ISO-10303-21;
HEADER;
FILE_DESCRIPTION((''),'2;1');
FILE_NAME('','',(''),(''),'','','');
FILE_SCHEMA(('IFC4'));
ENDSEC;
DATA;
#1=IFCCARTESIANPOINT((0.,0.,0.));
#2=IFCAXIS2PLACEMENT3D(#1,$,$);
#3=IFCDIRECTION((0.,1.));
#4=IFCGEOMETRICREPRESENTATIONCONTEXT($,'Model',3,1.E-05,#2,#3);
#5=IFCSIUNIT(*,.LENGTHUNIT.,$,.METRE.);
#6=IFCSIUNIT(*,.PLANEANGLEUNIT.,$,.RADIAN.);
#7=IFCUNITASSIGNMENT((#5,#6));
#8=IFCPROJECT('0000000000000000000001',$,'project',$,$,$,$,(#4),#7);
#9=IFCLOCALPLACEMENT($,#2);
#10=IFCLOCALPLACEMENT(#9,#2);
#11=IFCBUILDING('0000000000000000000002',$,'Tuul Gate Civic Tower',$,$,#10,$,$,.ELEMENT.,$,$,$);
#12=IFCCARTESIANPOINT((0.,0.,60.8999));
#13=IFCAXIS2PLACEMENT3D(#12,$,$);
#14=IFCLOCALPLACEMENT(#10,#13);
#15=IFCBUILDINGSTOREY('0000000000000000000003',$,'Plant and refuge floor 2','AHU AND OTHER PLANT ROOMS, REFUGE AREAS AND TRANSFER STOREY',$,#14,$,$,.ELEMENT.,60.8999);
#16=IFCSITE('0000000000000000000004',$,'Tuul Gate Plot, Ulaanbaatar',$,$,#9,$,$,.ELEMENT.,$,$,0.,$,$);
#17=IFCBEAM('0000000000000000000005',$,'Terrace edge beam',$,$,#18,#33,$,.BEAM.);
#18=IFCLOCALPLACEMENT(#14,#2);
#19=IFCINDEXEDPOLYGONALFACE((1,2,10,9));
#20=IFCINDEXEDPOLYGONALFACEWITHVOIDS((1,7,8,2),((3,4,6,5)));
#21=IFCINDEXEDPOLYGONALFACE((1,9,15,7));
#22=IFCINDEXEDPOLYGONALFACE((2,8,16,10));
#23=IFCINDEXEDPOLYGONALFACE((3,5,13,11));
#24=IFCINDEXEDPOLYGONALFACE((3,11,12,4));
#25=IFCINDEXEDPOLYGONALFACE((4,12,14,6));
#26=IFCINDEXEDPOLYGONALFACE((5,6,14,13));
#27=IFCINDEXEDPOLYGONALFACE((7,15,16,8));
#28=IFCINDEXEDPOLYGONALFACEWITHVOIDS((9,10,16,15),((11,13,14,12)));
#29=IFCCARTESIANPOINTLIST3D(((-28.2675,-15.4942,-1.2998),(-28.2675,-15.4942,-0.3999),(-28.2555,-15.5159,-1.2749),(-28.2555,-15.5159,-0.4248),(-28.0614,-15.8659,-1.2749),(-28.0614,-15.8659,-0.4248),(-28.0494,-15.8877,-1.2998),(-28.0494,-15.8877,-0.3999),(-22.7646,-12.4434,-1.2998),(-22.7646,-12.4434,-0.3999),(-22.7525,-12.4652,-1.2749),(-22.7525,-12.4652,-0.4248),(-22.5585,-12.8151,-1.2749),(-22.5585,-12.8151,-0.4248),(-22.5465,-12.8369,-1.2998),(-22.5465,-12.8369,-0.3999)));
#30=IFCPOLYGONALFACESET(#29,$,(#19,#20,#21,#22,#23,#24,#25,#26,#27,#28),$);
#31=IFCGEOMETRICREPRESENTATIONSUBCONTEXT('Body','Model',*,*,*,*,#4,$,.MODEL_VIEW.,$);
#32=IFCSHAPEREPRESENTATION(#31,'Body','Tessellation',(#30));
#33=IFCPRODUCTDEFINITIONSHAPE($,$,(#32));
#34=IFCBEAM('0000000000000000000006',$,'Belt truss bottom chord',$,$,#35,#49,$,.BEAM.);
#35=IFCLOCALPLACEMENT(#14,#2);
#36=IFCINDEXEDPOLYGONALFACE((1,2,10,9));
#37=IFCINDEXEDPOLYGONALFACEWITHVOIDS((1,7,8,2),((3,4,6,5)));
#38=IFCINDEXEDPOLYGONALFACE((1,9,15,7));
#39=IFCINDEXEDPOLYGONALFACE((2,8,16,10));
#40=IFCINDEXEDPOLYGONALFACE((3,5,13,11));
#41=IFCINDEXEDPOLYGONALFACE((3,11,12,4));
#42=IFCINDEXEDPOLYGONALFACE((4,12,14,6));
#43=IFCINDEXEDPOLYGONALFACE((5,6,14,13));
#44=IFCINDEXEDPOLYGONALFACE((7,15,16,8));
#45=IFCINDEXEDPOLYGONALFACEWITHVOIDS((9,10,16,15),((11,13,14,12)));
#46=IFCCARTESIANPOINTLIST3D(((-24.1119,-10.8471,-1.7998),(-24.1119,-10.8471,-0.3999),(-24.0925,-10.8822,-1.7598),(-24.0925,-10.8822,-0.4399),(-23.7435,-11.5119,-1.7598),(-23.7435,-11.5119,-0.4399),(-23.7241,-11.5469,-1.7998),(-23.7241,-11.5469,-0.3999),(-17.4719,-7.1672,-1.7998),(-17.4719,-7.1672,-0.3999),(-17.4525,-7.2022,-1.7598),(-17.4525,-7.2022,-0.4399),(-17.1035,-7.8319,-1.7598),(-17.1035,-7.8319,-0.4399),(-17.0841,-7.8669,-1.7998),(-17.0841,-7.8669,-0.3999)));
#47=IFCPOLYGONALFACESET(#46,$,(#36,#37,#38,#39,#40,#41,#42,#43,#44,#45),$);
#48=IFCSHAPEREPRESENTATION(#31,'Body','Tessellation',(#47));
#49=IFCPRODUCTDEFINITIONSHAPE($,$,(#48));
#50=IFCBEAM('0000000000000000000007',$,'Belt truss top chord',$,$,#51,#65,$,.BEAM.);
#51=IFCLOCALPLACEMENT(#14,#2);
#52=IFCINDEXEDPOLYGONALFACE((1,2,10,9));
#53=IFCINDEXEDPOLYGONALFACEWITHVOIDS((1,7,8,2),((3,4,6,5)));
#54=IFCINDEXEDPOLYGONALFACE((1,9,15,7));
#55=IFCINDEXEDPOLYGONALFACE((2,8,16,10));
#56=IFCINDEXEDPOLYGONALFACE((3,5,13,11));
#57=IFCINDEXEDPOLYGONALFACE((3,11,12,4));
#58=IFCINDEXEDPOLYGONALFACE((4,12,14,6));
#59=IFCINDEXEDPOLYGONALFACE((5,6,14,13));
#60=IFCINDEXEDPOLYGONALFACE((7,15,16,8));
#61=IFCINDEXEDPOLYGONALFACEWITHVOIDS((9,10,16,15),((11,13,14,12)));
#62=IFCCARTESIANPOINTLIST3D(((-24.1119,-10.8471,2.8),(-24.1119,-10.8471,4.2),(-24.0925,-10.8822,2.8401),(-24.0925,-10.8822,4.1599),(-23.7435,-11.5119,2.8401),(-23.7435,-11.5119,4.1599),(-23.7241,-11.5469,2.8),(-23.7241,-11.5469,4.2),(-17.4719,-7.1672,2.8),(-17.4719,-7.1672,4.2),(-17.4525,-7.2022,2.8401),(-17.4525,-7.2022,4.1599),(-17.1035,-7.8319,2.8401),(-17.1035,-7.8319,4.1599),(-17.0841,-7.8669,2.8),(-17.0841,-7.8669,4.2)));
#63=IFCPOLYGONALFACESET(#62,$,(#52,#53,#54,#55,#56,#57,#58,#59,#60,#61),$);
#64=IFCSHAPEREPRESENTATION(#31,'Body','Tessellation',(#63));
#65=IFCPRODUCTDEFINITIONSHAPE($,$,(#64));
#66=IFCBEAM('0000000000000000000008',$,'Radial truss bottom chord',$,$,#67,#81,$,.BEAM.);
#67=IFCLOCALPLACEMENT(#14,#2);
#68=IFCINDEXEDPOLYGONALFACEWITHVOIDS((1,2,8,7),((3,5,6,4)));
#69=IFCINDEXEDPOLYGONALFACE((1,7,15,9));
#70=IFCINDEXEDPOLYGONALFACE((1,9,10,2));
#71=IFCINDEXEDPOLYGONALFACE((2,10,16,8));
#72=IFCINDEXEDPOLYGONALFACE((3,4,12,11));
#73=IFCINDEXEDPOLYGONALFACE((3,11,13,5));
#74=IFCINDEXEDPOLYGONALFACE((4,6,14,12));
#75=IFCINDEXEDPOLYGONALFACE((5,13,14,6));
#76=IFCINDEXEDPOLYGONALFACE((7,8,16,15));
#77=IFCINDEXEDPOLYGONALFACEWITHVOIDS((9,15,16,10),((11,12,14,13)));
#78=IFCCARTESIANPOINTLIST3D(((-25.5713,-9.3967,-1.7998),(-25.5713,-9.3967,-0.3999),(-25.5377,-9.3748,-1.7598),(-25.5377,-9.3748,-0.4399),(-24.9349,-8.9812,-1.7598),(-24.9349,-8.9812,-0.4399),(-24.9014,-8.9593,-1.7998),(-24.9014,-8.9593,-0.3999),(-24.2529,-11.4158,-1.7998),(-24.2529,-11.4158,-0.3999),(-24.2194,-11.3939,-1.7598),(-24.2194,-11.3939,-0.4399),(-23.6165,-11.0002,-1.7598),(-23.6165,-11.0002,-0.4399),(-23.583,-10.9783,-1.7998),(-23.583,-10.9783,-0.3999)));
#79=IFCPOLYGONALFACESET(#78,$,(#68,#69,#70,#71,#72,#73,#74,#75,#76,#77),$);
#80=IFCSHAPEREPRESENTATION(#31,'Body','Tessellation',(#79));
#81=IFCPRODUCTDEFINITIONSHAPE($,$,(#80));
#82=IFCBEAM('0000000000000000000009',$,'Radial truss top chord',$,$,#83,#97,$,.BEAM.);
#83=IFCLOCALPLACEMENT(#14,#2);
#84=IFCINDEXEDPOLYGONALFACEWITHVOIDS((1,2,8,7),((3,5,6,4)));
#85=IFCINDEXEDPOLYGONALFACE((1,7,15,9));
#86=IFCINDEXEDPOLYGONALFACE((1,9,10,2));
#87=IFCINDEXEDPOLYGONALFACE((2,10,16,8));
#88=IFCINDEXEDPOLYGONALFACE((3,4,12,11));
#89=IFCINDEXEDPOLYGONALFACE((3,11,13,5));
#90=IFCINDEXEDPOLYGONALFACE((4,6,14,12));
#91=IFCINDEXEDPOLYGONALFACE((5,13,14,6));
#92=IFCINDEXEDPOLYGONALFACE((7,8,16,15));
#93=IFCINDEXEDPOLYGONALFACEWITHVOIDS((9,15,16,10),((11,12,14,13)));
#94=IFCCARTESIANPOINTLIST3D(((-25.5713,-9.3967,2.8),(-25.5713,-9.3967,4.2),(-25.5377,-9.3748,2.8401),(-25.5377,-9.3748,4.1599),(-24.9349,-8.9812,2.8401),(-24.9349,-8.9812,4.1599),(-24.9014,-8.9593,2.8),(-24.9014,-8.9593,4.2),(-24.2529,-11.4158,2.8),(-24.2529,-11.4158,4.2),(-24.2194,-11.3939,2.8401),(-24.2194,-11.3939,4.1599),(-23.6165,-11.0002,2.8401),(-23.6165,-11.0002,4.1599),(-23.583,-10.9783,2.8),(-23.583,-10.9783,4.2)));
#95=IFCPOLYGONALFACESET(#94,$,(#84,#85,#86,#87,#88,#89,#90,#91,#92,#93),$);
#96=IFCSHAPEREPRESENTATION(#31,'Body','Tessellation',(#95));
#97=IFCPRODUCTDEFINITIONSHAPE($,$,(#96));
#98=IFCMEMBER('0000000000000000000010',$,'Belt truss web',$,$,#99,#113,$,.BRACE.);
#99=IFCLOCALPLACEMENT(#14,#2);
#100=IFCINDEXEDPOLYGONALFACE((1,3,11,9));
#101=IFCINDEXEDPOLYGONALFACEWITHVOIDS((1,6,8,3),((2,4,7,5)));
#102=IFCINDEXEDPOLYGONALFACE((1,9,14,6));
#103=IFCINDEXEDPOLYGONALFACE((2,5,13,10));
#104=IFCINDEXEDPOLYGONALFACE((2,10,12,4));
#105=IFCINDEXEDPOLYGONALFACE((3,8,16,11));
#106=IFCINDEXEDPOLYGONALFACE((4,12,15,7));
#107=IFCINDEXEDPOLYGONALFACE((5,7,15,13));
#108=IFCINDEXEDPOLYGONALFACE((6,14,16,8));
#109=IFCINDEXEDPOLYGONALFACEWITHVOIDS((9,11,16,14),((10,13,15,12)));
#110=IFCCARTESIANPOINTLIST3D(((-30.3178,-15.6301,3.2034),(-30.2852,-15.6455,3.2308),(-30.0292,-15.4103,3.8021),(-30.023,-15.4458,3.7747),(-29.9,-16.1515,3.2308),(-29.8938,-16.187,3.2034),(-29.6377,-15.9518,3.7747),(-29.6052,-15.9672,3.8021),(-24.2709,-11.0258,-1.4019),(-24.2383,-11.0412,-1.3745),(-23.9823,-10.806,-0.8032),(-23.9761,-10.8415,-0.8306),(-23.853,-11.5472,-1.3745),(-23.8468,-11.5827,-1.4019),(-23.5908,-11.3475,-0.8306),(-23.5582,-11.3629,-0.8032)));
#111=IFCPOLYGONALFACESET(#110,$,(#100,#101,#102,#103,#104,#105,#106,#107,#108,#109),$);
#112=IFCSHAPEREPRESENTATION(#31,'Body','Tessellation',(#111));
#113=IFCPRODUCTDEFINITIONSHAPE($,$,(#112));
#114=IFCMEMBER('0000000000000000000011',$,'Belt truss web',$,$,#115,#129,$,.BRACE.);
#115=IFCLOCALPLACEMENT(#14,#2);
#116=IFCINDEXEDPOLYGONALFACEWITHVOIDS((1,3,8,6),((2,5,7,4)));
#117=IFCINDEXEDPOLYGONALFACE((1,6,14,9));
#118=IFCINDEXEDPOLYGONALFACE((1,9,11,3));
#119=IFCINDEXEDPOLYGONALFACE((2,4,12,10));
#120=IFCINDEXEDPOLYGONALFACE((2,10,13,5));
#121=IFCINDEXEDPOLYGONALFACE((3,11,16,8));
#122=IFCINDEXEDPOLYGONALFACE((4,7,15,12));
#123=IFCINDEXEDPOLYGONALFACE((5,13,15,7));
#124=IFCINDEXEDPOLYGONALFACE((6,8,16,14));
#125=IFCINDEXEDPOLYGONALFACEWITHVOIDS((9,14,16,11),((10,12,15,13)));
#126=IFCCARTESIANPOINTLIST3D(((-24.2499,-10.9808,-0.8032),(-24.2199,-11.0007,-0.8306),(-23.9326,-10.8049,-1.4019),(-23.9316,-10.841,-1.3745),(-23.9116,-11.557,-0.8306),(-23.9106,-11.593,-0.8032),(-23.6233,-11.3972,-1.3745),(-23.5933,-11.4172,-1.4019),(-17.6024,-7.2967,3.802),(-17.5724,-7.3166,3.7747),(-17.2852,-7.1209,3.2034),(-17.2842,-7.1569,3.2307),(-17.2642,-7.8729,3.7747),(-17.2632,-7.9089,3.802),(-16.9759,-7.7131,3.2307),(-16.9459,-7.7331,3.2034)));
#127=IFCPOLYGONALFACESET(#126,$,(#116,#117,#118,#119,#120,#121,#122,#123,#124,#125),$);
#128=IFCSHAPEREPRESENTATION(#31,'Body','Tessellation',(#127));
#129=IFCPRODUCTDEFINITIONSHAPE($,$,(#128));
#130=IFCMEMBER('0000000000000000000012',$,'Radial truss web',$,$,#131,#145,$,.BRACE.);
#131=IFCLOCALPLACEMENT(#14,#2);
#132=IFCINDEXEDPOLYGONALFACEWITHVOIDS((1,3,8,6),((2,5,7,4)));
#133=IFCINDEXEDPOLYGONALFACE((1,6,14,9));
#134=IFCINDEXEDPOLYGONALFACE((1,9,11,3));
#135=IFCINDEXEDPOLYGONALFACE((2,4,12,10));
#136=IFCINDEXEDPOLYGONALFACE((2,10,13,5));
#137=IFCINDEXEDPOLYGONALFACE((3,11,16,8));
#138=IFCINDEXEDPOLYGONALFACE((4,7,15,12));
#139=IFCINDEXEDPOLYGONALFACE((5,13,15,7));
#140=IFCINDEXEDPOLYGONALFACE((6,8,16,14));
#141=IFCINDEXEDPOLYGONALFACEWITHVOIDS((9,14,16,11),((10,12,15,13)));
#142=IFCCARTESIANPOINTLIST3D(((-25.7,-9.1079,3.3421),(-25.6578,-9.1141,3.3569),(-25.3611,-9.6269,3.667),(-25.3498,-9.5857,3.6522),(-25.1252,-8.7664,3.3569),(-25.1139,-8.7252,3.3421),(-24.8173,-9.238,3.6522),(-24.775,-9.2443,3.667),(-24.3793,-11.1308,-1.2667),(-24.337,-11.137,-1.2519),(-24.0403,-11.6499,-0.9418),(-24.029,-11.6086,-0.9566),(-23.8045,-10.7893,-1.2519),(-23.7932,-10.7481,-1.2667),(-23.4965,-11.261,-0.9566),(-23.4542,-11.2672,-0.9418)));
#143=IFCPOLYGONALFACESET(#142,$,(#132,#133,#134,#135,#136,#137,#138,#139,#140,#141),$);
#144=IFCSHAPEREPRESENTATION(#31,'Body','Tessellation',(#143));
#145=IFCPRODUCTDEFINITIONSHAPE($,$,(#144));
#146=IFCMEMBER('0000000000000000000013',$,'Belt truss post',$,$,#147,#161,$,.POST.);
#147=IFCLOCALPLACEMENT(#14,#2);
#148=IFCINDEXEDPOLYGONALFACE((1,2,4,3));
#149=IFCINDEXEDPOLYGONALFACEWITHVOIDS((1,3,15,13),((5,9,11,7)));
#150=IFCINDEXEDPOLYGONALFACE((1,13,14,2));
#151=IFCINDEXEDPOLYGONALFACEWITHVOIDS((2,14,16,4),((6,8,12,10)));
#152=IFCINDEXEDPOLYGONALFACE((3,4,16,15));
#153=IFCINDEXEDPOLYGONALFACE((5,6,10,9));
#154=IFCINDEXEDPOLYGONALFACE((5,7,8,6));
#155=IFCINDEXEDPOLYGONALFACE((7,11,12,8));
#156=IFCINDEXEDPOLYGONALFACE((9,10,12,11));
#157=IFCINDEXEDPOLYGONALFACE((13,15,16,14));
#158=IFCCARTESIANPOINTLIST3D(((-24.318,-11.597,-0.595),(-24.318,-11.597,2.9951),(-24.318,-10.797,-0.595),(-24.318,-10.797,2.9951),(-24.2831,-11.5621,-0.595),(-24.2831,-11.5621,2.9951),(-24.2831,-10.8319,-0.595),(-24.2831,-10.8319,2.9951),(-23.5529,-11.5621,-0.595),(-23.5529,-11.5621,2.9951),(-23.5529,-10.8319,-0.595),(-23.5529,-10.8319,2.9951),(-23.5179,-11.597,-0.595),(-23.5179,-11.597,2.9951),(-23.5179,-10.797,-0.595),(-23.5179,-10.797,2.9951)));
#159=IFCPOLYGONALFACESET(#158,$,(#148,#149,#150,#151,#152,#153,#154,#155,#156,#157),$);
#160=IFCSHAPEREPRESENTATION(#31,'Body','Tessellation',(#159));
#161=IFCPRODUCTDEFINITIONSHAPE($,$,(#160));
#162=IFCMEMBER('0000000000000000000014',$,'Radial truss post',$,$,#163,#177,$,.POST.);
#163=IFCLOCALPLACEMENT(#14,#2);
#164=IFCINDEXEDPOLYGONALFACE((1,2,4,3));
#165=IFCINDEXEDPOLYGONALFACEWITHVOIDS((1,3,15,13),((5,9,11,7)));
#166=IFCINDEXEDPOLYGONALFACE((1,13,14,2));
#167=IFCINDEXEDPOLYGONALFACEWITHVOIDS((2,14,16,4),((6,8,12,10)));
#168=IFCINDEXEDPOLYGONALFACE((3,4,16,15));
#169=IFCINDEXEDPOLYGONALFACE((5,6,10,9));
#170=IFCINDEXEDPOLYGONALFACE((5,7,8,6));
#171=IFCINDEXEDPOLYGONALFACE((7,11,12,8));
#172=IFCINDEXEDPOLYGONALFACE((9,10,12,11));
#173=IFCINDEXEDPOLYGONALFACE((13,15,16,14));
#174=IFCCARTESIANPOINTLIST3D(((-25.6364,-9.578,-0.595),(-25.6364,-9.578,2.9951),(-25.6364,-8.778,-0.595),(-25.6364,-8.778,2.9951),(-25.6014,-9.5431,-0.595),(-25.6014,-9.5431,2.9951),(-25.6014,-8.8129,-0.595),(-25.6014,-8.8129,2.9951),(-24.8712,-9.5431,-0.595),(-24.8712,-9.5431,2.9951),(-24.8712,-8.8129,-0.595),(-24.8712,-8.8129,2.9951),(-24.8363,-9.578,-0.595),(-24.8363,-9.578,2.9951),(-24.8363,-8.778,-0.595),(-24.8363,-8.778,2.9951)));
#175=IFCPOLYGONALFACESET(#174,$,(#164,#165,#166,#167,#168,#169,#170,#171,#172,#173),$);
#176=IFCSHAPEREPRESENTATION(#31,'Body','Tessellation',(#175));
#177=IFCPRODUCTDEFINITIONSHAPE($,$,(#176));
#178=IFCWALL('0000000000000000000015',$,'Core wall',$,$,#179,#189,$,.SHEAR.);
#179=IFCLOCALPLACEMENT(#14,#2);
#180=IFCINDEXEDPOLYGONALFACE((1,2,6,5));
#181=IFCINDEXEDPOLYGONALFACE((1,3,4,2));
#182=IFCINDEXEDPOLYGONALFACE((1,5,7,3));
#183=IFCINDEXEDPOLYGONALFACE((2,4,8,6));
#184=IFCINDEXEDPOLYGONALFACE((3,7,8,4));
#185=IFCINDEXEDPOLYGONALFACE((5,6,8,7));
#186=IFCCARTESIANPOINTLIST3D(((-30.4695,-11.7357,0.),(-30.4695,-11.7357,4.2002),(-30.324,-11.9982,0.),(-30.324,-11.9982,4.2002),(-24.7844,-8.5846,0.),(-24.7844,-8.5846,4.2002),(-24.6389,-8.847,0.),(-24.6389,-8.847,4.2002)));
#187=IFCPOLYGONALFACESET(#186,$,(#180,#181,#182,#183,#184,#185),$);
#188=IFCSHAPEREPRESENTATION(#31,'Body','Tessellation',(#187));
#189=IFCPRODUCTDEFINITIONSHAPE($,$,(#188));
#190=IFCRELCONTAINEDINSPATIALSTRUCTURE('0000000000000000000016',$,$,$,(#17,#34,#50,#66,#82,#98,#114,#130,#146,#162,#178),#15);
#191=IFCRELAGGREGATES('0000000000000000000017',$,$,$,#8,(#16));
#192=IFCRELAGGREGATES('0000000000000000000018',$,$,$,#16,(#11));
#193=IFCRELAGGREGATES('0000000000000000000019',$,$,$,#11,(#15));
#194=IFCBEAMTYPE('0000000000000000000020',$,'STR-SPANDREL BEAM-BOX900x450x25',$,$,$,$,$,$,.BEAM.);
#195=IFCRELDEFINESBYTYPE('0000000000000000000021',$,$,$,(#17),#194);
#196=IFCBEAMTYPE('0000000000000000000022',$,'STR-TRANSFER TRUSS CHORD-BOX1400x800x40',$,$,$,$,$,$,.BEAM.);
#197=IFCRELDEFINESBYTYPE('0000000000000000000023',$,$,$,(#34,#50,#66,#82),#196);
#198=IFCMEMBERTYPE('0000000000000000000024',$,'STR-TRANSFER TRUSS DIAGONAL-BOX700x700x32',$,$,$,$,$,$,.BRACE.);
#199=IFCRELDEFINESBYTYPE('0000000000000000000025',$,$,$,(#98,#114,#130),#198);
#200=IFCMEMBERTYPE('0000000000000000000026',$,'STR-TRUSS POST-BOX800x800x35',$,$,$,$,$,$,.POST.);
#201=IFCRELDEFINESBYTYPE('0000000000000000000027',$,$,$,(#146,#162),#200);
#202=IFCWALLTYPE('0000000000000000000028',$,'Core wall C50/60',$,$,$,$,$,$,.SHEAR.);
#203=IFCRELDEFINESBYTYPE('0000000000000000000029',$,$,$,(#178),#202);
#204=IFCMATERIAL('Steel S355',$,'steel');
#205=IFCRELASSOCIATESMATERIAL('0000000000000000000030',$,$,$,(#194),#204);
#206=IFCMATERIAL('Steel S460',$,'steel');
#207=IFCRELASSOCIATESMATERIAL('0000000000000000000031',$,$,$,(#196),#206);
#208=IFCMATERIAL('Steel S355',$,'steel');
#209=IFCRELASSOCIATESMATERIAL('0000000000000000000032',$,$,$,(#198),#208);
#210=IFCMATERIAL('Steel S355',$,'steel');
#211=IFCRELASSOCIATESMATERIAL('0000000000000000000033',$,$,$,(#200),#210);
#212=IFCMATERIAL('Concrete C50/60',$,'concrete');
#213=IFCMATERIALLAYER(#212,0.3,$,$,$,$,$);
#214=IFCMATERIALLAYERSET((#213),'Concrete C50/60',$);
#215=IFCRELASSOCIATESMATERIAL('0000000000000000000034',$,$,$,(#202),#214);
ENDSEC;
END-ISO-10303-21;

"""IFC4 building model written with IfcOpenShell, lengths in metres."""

from ifc_helpers import new_model, si_unit, direction, frame, frame_2d, origin, origin_2d, place, context, subcontext, project, spatial, rectangle, hollow_rectangle, extrude, material, layer, layer_set, material_profile, profile_set, type_object, element, save


model = new_model("IFC4")

# Units and contexts
model_context = context("Model", 3, precision=1e-05, world=origin(), true_north=direction((0.0, 1.0)))
body_context = subcontext(model_context, "Body", "Model", "MODEL_VIEW")
ifc_project = project(units=[si_unit("LENGTHUNIT", "METRE"), si_unit("PLANEANGLEUNIT", "RADIAN")], contexts=[model_context])

# Site, building, storey
site_placement = place(None, origin())
site = spatial("IfcSite", under=ifc_project, at=site_placement, Name="Tuul Gate Plot, Ulaanbaatar", CompositionType="ELEMENT", RefElevation=0.0)
building_placement = place(site_placement, origin())
building = spatial("IfcBuilding", under=site, at=building_placement, Name="Tuul Gate Civic Tower", CompositionType="ELEMENT")
storey_placement = place(building_placement, frame((0.0, 0.0, 60.8999)))
storey = spatial("IfcBuildingStorey", under=building, at=storey_placement, Name="Plant and refuge floor 2", Description="AHU AND OTHER PLANT ROOMS, REFUGE AREAS AND TRANSFER STOREY", CompositionType="ELEMENT", Elevation=60.8999)

# Beams
ifc_material_1 = material(Name="Steel S355", Category="steel")
ifc_material_profile_1 = material_profile(ifc_material_1, hollow_rectangle(XDim=0.45, YDim=0.8999, WallThickness=0.0249, at=origin_2d()), Name="BOX900x450x25")
ifc_profile_set_1 = profile_set([ifc_material_profile_1], Name="Steel S355")
beam_type_1 = type_object("IfcBeamType", Name="STR-SPANDREL BEAM-BOX900x450x25", PredefinedType="BEAM", material=ifc_profile_set_1)
beam_placement = place(storey_placement, frame((-28.1584, -15.6909, -0.8499), z_axis=(0.874589, 0.484865, 0.0), x_axis=(-0.484865, 0.874589, 0.0)))
element("IfcBeam", 1, at=beam_placement, inside=storey, type_object=beam_type_1, Name="Terrace edge beam", PredefinedType="BEAM", context=body_context, shape_type="SweptSolid", body=[
    extrude(hollow_rectangle(XDim=0.45, YDim=0.8999, WallThickness=0.0249, at=origin_2d()), origin(), (0.0, 0.0, 1.0), 6.292),
])
ifc_material_2 = material(Name="Steel S460", Category="steel")
ifc_material_profile_2 = material_profile(ifc_material_2, hollow_rectangle(XDim=0.8, YDim=1.3999, WallThickness=0.04, at=origin_2d()), Name="BOX1400x800x40")
ifc_profile_set_2 = profile_set([ifc_material_profile_2], Name="Steel S460")
beam_type_2 = type_object("IfcBeamType", Name="STR-TRANSFER TRUSS CHORD-BOX1400x800x40", PredefinedType="BEAM", material=ifc_profile_set_2)
for number, where, z_axis, x_axis, name in (
    (2, (-23.918, -11.197, -1.0999), (0.874654, 0.484747, 0.0), (-0.484747, 0.874654, 0.0), "Belt truss bottom chord"),
    (3, (-23.918, -11.197, 3.5), (0.874654, 0.484747, 0.0), (-0.484747, 0.874654, 0.0), "Belt truss top chord"),
):
    element("IfcBeam", number, at=place(storey_placement, frame(where, z_axis=z_axis, x_axis=x_axis)), inside=storey, type_object=beam_type_2, Name=name, PredefinedType="BEAM", context=body_context, shape_type="SweptSolid", body=[
        extrude(hollow_rectangle(XDim=0.8, YDim=1.3999, WallThickness=0.04, at=origin_2d()), origin(), (0.0, 0.0, 1.0), 7.5916),
    ])
for number, where, z_axis, x_axis, name in (
    (4, (-25.2363, -9.178, -1.0999), (0.546731, -0.837308, 0.0), (0.837308, 0.546731, 0.0), "Radial truss bottom chord"),
    (5, (-25.2363, -9.178, 3.5), (0.546731, -0.837308, 0.0), (0.837308, 0.546731, 0.0), "Radial truss top chord"),
):
    element("IfcBeam", number, at=place(storey_placement, frame(where, z_axis=z_axis, x_axis=x_axis)), inside=storey, type_object=beam_type_2, Name=name, PredefinedType="BEAM", context=body_context, shape_type="SweptSolid", body=[
        extrude(hollow_rectangle(XDim=0.8, YDim=1.3999, WallThickness=0.04, at=origin_2d()), origin(), (0.0, 0.0, 1.0), 2.4114),
    ])

# Members
ifc_material_3 = material(Name="Steel S355", Category="steel")
ifc_material_profile_3 = material_profile(ifc_material_3, hollow_rectangle(XDim=0.7, YDim=0.7, WallThickness=0.032, at=origin_2d()), Name="BOX700x700x32")
ifc_profile_set_3 = profile_set([ifc_material_profile_3], Name="Steel S355")
member_type_1 = type_object("IfcMemberType", Name="STR-TRANSFER TRUSS DIAGONAL-BOX700x700x32", PredefinedType="BRACE", material=ifc_profile_set_3)
member_1_placement = place(storey_placement, frame((-23.9146, -11.1943, -1.1025), z_axis=(-0.680448, -0.518111, 0.51822), x_axis=(0.605802, -0.795615, 0.0)))
element("IfcMember", 6, at=member_1_placement, inside=storey, type_object=member_type_1, Name="Belt truss web", PredefinedType="BRACE", context=body_context, shape_type="SweptSolid", body=[
    extrude(hollow_rectangle(XDim=0.7, YDim=0.7, WallThickness=0.032, at=origin_2d()), origin(), (0.0, 0.0, 1.0), 8.8867),
])
member_2_placement = place(storey_placement, frame((-23.9216, -11.199, -1.1025), z_axis=(0.748043, 0.414572, 0.518229), x_axis=(-0.484743, 0.874657, 0.0)))
element("IfcMember", 7, at=member_2_placement, inside=storey, type_object=member_type_1, Name="Belt truss web", PredefinedType="BRACE", context=body_context, shape_type="SweptSolid", body=[
    extrude(hollow_rectangle(XDim=0.7, YDim=0.7, WallThickness=0.032, at=origin_2d()), origin(), (0.0, 0.0, 1.0), 8.8865),
])
member_3_placement = place(storey_placement, frame((-23.9167, -11.199, -1.1042), z_axis=(-0.253819, 0.388751, 0.885691), x_axis=(-0.837329, -0.546699, 0.0)))
element("IfcMember", 8, at=member_3_placement, inside=storey, type_object=member_type_1, Name="Radial truss web", PredefinedType="BRACE", context=body_context, shape_type="SweptSolid", body=[
    extrude(hollow_rectangle(XDim=0.7, YDim=0.7, WallThickness=0.032, at=origin_2d()), origin(), (0.0, 0.0, 1.0), 5.2036),
])
ifc_material_4 = material(Name="Steel S355", Category="steel")
ifc_material_profile_4 = material_profile(ifc_material_4, hollow_rectangle(XDim=0.8, YDim=0.8, WallThickness=0.0349, at=origin_2d()), Name="BOX800x800x35")
ifc_profile_set_4 = profile_set([ifc_material_profile_4], Name="Steel S355")
member_type_2 = type_object("IfcMemberType", Name="STR-TRUSS POST-BOX800x800x35", PredefinedType="POST", material=ifc_profile_set_4)
for number, where, z_axis, x_axis, name in (
    (9, (-23.918, -11.197, -0.595), (0.0, 0.0, 1.0), (1.0, 0.0, 0.0), "Belt truss post"),
    (10, (-25.2363, -9.178, -0.595), (0.0, 0.0, 1.0), (1.0, 0.0, 0.0), "Radial truss post"),
):
    element("IfcMember", number, at=place(storey_placement, frame(where, z_axis=z_axis, x_axis=x_axis)), inside=storey, type_object=member_type_2, Name=name, PredefinedType="POST", context=body_context, shape_type="SweptSolid", body=[
        extrude(hollow_rectangle(XDim=0.8, YDim=0.8, WallThickness=0.0349, at=origin_2d()), origin(), (0.0, 0.0, 1.0), 3.5901),
    ])

# Wall
ifc_material_5 = material(Name="Concrete C50/60", Category="concrete")
ifc_layer_1 = layer(ifc_material_5, 0.3)
ifc_layer_set_1 = layer_set([ifc_layer_1], Name="Concrete C50/60")
wall_type_1 = type_object("IfcWallType", Name="Core wall C50/60", PredefinedType="SHEAR", material=ifc_layer_set_1)
wall_1_placement = place(storey_placement, frame((-24.7117, -8.7158, 0.0), z_axis=(0.0, 0.0, 1.0), x_axis=(-0.87463, -0.484791, 0.0)))
element("IfcWall", 11, at=wall_1_placement, inside=storey, type_object=wall_type_1, Name="Core wall", PredefinedType="SHEAR", context=body_context, shape_type="SweptSolid", body=[
    extrude(rectangle(XDim=6.5, YDim=0.3, at=frame_2d((3.25, 0.0))), origin(), (0.0, 0.0, 1.0), 4.2002),
])

save(model, "model.ifc")
